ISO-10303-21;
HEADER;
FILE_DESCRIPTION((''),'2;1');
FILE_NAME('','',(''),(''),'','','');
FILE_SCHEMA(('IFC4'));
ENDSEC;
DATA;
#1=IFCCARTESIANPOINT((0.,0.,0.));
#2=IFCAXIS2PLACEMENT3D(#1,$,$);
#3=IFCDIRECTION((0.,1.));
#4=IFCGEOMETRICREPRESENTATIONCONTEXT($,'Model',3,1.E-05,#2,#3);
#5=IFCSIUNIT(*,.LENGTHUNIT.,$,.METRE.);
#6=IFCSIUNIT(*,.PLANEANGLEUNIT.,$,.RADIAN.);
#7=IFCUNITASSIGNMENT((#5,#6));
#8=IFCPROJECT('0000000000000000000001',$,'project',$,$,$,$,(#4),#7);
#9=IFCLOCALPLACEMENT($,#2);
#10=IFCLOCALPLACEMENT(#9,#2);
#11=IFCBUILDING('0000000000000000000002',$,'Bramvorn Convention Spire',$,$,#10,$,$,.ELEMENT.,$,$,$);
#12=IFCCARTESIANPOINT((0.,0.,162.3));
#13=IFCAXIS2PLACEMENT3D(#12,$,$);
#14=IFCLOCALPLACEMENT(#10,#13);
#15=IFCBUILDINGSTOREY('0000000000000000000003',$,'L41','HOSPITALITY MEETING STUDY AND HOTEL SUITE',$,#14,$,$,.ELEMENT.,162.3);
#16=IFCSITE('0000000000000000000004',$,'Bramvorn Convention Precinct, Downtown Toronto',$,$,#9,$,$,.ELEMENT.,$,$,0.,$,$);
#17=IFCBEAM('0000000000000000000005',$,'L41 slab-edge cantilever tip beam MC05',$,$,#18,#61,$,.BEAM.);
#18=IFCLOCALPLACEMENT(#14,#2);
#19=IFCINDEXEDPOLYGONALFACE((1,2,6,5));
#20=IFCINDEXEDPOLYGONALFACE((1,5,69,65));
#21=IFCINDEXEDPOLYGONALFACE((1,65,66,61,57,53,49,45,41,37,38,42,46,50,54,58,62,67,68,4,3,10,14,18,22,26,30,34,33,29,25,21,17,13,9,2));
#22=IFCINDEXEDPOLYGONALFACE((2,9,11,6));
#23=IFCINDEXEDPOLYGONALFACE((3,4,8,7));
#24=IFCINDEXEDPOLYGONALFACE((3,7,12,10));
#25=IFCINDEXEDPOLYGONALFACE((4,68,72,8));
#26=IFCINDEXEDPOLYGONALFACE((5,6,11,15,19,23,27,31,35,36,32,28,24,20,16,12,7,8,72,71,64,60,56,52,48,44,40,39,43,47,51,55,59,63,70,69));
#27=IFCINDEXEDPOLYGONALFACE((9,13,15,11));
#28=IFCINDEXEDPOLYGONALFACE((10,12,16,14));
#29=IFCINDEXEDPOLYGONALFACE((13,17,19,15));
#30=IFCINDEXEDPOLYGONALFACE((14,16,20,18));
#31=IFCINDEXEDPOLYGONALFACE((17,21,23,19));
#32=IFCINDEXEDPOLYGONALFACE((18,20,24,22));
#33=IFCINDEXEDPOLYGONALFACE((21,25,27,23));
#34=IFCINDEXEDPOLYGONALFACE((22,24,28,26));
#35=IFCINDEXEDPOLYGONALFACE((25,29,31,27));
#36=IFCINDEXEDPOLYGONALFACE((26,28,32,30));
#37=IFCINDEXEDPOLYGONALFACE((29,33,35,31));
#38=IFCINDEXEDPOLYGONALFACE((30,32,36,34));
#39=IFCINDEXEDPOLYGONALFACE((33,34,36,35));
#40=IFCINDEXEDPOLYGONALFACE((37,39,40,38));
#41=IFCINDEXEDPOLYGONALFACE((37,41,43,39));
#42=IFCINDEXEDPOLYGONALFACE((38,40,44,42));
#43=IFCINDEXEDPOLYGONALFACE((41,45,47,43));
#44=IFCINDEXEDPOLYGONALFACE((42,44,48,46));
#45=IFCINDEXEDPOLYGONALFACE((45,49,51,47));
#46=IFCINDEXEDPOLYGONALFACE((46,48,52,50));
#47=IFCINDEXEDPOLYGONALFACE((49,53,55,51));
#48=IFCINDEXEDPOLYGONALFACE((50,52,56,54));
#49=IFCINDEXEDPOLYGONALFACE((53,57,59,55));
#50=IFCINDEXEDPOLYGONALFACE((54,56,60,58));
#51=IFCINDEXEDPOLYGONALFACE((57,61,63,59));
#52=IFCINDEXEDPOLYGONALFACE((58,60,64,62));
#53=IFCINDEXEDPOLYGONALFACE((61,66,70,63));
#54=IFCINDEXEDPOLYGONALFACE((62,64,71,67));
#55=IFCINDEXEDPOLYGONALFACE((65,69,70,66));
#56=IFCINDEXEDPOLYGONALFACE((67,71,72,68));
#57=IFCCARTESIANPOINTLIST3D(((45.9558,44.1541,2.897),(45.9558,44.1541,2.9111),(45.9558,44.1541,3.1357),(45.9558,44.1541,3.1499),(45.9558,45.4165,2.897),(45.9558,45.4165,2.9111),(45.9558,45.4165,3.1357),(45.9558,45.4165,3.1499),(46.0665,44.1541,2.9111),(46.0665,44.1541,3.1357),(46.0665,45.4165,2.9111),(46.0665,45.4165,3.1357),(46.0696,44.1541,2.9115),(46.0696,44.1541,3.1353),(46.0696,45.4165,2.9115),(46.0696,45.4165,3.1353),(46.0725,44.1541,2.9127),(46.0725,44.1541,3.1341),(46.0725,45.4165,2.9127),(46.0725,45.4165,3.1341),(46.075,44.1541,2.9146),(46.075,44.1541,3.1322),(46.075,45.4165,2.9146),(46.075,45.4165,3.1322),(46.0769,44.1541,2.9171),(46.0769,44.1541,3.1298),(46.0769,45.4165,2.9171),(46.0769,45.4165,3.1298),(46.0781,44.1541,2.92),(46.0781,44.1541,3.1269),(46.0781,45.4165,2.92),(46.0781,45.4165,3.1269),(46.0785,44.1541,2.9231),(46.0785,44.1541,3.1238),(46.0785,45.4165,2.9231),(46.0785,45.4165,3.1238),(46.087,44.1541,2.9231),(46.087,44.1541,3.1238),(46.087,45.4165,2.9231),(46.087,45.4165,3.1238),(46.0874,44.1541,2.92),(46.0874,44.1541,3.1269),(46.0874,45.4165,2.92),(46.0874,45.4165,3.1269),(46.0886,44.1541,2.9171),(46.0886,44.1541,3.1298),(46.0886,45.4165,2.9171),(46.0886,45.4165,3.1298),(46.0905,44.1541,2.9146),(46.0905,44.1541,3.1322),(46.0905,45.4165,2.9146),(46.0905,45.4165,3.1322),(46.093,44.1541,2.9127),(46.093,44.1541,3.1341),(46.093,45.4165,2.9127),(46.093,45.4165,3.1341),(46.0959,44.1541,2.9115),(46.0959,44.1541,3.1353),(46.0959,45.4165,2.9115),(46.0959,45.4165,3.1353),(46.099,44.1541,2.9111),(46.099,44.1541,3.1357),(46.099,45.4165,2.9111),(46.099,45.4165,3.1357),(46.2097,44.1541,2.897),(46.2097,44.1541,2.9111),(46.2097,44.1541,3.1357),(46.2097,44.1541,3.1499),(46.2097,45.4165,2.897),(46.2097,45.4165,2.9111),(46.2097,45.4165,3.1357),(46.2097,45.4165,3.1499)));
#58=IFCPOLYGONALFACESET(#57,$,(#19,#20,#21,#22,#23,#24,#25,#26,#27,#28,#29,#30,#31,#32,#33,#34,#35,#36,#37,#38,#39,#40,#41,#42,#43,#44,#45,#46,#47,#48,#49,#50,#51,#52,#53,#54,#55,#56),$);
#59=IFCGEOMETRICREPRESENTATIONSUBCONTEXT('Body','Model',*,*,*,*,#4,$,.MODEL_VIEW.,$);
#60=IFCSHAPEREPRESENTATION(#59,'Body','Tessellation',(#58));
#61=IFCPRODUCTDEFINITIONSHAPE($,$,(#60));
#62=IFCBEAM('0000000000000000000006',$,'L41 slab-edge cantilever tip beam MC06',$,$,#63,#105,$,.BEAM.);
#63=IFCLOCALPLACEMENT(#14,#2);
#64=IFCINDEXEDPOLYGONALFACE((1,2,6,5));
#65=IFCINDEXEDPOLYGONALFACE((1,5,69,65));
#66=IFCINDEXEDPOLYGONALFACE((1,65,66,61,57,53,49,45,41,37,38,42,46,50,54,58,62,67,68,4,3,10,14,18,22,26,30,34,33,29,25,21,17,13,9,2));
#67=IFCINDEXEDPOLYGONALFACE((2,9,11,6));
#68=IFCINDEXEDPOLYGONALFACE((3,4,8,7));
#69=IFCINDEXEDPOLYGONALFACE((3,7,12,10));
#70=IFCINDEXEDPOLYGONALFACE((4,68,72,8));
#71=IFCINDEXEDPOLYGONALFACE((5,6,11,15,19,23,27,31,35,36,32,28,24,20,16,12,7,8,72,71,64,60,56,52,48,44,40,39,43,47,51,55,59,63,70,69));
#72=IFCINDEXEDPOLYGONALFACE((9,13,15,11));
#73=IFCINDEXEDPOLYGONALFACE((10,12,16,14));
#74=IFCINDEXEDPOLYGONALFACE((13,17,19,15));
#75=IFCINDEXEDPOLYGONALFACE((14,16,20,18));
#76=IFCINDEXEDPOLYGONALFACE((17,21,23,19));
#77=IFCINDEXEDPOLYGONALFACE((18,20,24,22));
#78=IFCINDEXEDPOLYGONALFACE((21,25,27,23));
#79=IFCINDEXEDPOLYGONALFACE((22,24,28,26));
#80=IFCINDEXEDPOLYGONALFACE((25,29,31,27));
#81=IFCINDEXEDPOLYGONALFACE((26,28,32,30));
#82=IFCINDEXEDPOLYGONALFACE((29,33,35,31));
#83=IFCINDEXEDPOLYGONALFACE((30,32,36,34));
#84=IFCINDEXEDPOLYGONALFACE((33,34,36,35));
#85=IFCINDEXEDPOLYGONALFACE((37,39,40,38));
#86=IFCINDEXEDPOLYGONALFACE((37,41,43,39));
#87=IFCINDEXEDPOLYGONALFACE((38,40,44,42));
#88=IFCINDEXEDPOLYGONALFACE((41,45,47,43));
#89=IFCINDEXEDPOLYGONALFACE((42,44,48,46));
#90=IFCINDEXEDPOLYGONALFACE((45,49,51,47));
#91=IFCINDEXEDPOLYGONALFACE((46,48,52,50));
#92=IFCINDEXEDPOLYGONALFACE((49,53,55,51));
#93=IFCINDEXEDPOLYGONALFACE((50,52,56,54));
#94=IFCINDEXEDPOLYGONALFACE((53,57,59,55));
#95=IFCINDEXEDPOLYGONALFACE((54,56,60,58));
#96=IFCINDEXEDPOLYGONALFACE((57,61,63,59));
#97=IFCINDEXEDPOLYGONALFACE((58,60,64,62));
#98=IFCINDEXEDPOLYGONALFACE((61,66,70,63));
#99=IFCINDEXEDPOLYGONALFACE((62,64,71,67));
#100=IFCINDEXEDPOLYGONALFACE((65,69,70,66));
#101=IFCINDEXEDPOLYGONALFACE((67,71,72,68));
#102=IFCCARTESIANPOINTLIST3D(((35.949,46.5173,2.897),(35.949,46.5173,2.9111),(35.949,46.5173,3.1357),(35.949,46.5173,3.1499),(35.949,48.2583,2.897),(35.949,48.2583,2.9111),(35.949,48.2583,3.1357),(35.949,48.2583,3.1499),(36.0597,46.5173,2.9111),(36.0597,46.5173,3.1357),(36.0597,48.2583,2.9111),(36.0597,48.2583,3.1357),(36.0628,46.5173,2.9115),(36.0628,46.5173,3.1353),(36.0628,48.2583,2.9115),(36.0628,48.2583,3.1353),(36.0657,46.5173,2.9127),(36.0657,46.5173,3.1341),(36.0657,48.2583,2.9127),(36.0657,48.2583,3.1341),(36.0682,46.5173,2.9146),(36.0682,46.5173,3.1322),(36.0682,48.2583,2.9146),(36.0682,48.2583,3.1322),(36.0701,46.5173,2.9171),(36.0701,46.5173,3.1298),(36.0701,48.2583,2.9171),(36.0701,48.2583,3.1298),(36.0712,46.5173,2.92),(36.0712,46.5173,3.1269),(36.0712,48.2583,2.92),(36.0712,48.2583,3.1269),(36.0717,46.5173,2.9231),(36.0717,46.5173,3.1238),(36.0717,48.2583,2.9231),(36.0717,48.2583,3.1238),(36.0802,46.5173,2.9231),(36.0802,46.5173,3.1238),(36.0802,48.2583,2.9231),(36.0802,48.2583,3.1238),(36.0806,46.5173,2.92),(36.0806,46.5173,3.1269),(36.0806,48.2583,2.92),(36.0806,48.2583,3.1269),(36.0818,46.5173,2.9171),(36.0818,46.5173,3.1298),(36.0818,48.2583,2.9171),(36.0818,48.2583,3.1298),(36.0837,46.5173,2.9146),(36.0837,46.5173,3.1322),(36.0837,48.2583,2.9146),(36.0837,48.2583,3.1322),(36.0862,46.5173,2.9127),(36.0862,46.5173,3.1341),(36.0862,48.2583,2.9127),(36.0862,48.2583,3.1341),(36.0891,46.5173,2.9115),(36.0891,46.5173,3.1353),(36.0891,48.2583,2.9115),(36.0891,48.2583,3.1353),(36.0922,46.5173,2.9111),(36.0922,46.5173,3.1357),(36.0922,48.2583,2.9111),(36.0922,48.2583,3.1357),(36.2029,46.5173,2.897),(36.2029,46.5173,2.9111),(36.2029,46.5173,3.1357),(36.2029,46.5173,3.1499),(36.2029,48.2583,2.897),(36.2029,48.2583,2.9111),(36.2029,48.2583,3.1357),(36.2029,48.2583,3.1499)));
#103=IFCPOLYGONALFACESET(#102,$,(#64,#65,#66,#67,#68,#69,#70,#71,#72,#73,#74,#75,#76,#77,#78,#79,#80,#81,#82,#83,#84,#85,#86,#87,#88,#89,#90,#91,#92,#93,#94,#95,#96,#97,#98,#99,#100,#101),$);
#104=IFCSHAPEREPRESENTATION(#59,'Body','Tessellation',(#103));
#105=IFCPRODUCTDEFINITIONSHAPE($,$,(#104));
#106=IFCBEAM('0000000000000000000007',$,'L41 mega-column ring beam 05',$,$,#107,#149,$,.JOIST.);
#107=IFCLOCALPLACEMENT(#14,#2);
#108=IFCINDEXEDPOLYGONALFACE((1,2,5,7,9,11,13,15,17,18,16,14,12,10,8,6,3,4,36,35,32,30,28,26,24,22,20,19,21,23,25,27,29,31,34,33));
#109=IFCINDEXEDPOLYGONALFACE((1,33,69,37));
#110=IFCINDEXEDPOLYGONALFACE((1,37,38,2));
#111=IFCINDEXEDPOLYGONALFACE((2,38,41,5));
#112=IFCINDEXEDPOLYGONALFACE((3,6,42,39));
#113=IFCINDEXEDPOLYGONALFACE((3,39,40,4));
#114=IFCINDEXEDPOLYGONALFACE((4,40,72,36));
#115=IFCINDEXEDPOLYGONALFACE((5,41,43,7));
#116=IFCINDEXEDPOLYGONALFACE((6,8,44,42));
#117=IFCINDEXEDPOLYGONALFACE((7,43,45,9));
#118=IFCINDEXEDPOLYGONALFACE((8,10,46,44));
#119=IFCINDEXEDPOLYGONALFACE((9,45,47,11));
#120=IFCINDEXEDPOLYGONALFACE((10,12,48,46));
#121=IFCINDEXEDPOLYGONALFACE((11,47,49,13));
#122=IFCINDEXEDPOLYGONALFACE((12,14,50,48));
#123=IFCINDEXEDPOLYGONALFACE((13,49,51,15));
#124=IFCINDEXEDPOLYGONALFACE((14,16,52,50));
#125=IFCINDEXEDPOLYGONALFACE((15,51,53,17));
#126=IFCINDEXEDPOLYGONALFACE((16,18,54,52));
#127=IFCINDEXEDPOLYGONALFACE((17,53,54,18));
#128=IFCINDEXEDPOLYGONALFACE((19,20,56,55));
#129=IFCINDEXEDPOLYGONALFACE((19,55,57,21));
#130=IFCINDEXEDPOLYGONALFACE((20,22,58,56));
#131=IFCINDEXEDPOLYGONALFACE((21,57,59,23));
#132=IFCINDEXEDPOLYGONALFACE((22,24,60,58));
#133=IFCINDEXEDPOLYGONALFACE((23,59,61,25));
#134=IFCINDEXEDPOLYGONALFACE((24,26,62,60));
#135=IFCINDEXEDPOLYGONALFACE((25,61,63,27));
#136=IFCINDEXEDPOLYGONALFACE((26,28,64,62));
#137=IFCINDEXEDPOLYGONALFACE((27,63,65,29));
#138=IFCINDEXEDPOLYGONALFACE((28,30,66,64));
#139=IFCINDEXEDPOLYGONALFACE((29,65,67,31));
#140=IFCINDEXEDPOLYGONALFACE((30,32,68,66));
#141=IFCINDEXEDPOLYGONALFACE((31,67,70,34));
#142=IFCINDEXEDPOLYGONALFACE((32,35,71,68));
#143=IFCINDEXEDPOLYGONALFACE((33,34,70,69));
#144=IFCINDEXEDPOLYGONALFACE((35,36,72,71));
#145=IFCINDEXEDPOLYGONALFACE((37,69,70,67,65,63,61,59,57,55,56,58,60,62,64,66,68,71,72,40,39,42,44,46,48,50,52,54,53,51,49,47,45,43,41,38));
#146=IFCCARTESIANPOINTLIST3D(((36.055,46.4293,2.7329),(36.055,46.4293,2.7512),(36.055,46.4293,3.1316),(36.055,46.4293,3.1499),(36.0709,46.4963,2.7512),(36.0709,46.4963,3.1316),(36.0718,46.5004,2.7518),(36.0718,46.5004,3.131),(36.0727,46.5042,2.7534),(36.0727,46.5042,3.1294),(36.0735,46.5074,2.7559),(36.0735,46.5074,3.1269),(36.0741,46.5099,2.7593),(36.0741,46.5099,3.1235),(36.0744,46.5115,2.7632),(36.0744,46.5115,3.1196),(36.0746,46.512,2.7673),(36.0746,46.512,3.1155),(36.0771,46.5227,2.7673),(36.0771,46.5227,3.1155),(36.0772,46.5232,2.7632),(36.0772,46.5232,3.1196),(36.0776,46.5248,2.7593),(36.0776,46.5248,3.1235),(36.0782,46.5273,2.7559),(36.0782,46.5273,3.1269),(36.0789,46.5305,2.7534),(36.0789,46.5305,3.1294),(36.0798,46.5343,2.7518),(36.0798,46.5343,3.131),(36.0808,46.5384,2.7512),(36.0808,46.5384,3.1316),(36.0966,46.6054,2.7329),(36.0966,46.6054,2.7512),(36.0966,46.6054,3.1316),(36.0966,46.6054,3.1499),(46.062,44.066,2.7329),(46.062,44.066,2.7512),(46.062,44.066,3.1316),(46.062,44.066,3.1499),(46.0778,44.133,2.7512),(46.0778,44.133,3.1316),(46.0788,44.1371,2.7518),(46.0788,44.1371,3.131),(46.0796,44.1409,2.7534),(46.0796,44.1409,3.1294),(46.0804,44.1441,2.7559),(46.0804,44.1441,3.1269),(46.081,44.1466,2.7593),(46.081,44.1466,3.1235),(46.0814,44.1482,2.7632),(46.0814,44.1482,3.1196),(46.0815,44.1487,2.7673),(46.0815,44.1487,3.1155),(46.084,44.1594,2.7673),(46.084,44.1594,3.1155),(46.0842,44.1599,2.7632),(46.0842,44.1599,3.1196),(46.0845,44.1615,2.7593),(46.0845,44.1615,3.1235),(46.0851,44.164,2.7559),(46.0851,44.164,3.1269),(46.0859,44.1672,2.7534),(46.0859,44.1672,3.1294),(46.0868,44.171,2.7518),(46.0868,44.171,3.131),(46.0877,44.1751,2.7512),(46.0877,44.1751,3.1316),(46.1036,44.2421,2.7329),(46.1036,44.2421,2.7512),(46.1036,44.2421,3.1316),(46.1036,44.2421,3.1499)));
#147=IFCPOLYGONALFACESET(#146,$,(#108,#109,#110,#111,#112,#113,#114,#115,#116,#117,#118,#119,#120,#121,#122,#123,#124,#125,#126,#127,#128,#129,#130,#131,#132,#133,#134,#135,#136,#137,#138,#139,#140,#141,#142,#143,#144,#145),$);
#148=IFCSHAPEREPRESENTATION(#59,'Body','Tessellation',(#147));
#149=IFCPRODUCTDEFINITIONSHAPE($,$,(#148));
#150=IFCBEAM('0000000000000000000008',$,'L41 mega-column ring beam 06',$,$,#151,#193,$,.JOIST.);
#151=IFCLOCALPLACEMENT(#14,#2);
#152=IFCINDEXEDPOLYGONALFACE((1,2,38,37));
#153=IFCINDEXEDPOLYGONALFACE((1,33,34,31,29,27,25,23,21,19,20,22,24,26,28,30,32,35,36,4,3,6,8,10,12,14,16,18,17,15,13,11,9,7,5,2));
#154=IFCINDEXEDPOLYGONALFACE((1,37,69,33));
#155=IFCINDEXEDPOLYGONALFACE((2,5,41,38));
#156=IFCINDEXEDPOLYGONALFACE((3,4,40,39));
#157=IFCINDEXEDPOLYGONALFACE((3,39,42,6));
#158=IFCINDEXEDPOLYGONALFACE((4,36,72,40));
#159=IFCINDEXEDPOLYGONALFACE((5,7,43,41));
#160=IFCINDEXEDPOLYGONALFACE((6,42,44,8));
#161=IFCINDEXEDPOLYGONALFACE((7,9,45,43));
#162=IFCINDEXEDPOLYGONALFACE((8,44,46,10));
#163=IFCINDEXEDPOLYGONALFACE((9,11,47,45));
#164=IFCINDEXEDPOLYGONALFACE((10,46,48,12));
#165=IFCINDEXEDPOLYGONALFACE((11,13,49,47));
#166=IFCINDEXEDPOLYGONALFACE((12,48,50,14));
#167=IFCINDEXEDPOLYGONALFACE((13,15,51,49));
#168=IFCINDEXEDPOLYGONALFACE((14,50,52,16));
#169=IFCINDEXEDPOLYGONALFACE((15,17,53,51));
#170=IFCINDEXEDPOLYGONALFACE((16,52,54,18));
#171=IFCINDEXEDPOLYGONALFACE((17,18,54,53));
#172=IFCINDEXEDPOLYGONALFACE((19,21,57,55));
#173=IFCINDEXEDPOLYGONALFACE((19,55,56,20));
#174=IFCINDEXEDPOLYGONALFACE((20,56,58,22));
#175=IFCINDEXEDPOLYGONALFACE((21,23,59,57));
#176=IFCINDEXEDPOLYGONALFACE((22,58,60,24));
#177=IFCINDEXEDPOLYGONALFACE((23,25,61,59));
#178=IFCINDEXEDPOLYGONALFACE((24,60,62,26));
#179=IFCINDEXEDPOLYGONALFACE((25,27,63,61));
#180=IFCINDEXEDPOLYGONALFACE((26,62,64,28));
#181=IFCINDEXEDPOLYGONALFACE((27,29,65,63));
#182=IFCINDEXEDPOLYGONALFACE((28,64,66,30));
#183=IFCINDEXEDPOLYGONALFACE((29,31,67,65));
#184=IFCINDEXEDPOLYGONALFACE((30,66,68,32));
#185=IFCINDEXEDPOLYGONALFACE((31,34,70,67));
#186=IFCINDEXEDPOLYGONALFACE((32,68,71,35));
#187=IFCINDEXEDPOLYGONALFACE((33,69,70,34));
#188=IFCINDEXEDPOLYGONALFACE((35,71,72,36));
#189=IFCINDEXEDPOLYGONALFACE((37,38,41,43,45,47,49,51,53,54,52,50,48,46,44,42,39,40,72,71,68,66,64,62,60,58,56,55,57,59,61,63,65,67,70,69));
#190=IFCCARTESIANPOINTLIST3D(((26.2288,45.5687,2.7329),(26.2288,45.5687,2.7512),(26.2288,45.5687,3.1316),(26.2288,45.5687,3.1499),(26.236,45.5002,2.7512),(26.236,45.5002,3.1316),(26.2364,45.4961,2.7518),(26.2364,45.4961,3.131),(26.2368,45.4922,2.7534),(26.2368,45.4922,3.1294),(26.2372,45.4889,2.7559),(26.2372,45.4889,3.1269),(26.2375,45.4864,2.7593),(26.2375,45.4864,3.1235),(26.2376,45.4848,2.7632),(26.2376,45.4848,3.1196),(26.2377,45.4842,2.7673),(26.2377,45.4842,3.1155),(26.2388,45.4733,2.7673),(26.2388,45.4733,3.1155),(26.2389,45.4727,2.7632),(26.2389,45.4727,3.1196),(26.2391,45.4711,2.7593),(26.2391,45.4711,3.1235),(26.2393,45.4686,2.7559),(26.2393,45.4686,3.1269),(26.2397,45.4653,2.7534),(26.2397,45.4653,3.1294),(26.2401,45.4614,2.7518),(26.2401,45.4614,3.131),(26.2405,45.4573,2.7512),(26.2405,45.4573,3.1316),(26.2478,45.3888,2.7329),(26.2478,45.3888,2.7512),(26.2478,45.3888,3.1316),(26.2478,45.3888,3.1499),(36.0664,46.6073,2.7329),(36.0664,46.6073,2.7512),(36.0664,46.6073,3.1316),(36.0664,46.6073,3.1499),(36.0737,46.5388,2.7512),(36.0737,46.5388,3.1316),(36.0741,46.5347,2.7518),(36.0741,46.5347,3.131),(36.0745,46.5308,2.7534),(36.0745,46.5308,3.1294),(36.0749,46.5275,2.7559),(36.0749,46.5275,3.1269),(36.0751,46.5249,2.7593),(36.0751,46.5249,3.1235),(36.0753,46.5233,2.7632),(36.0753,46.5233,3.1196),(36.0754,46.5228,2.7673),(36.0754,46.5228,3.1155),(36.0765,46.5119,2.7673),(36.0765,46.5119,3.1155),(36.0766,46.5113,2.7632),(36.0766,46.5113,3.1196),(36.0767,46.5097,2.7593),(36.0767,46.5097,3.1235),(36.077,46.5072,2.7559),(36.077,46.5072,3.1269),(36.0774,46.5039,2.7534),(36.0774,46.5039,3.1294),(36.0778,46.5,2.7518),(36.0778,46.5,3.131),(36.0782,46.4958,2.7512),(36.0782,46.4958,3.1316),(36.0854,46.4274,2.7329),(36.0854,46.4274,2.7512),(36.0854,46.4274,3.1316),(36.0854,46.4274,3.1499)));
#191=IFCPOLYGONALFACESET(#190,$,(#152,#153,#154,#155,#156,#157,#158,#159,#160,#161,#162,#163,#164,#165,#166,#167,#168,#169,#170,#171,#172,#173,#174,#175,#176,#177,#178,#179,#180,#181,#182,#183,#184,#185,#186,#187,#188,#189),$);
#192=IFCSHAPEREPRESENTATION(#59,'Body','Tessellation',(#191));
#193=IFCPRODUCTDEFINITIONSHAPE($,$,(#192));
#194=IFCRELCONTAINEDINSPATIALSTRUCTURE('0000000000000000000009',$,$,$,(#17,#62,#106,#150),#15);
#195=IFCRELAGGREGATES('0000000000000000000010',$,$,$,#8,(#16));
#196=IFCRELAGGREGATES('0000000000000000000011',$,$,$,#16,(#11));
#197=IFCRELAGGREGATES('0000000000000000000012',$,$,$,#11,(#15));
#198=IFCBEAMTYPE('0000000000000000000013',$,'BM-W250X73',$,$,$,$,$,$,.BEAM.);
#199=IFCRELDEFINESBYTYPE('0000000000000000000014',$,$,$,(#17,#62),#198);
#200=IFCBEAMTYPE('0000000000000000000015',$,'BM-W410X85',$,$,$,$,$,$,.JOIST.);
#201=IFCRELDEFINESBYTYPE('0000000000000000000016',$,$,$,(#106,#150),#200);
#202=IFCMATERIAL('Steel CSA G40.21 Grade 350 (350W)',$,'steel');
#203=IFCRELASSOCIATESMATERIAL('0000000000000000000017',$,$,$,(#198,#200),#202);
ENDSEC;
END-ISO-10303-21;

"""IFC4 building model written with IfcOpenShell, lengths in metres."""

from ifc_helpers import new_model, si_unit, direction, frame, origin, origin_2d, place, context, subcontext, project, spatial, i_section, extrude, material, material_profile, profile_set, type_object, element, save


model = new_model("IFC4")

# Units and contexts
model_context = context("Model", 3, precision=1e-05, world=origin(), true_north=direction((0.0, 1.0)))
body_context = subcontext(model_context, "Body", "Model", "MODEL_VIEW")
ifc_project = project(units=[si_unit("LENGTHUNIT", "METRE"), si_unit("PLANEANGLEUNIT", "RADIAN")], contexts=[model_context])

# Site, building, storey
site_placement = place(None, origin())
site = spatial("IfcSite", under=ifc_project, at=site_placement, Name="Bramvorn Convention Precinct, Downtown Toronto", CompositionType="ELEMENT", RefElevation=0.0)
building_placement = place(site_placement, origin())
building = spatial("IfcBuilding", under=site, at=building_placement, Name="Bramvorn Convention Spire", CompositionType="ELEMENT")
storey_placement = place(building_placement, frame((0.0, 0.0, 162.3)))
storey = spatial("IfcBuildingStorey", under=building, at=storey_placement, Name="L41", Description="HOSPITALITY MEETING STUDY AND HOTEL SUITE", CompositionType="ELEMENT", Elevation=162.3)

# Shared definitions
ifc_material_1 = material(Name="Steel CSA G40.21 Grade 350 (350W)", Category="steel")

# Beams
ifc_material_profile_1 = material_profile(ifc_material_1, i_section(OverallWidth=0.2539, OverallDepth=0.2529, WebThickness=0.0085, FlangeThickness=0.0142, FilletRadius=0.012, at=origin_2d()))
ifc_profile_set_1 = profile_set([ifc_material_profile_1], Name="Steel CSA G40.21 Grade 350 (350W) - W250X73")
beam_type_1 = type_object("IfcBeamType", Name="BM-W250X73", PredefinedType="BEAM", material=ifc_profile_set_1)
beam_1_placement = place(storey_placement, frame((46.0828, 44.1541, 3.0234), z_axis=(0.0, 1.0, 0.0), x_axis=(-1.0, 0.0, 0.0)))
element("IfcBeam", 1, at=beam_1_placement, inside=storey, type_object=beam_type_1, Name="L41 slab-edge cantilever tip beam MC05", PredefinedType="BEAM", context=body_context, shape_type="SweptSolid", body=[
    extrude(i_section(OverallWidth=0.2539, OverallDepth=0.2529, WebThickness=0.0085, FlangeThickness=0.0142, FilletRadius=0.012, at=origin_2d()), origin(), (0.0, 0.0, 1.0), 1.2625),
])
beam_2_placement = place(storey_placement, frame((36.0759, 46.5173, 3.0234), z_axis=(0.0, 1.0, 0.0), x_axis=(-1.0, 0.0, 0.0)))
element("IfcBeam", 2, at=beam_2_placement, inside=storey, type_object=beam_type_1, Name="L41 slab-edge cantilever tip beam MC06", PredefinedType="BEAM", context=body_context, shape_type="SweptSolid", body=[
    extrude(i_section(OverallWidth=0.2539, OverallDepth=0.2529, WebThickness=0.0085, FlangeThickness=0.0142, FilletRadius=0.012, at=origin_2d()), origin(), (0.0, 0.0, 1.0), 1.741),
])
ifc_material_profile_2 = material_profile(ifc_material_1, i_section(OverallWidth=0.1809, OverallDepth=0.417, WebThickness=0.011, FlangeThickness=0.0183, FilletRadius=0.0161, at=origin_2d()))
ifc_profile_set_2 = profile_set([ifc_material_profile_2], Name="Steel CSA G40.21 Grade 350 (350W) - W410X85")
beam_type_2 = type_object("IfcBeamType", Name="BM-W410X85", PredefinedType="JOIST", material=ifc_profile_set_2)
beam_3_placement = place(storey_placement, frame((46.0828, 44.1541, 2.9414), z_axis=(-0.973228, 0.229844, 0.0), x_axis=(-0.229844, -0.973228, 0.0)))
element("IfcBeam", 3, at=beam_3_placement, inside=storey, type_object=beam_type_2, Name="L41 mega-column ring beam 05", PredefinedType="JOIST", context=body_context, shape_type="SweptSolid", body=[
    extrude(i_section(OverallWidth=0.1809, OverallDepth=0.417, WebThickness=0.011, FlangeThickness=0.0183, FilletRadius=0.0161, at=origin_2d()), origin(), (0.0, 0.0, 1.0), 10.2822),
])
beam_4_placement = place(storey_placement, frame((36.0759, 46.5173, 2.9414), z_axis=(-0.994473, -0.104988, 0.0), x_axis=(0.104988, -0.994473, 0.0)))
element("IfcBeam", 4, at=beam_4_placement, inside=storey, type_object=beam_type_2, Name="L41 mega-column ring beam 06", PredefinedType="JOIST", context=body_context, shape_type="SweptSolid", body=[
    extrude(i_section(OverallWidth=0.1809, OverallDepth=0.417, WebThickness=0.011, FlangeThickness=0.0183, FilletRadius=0.0161, at=origin_2d()), origin(), (0.0, 0.0, 1.0), 9.8923),
])

save(model, "model.ifc")
